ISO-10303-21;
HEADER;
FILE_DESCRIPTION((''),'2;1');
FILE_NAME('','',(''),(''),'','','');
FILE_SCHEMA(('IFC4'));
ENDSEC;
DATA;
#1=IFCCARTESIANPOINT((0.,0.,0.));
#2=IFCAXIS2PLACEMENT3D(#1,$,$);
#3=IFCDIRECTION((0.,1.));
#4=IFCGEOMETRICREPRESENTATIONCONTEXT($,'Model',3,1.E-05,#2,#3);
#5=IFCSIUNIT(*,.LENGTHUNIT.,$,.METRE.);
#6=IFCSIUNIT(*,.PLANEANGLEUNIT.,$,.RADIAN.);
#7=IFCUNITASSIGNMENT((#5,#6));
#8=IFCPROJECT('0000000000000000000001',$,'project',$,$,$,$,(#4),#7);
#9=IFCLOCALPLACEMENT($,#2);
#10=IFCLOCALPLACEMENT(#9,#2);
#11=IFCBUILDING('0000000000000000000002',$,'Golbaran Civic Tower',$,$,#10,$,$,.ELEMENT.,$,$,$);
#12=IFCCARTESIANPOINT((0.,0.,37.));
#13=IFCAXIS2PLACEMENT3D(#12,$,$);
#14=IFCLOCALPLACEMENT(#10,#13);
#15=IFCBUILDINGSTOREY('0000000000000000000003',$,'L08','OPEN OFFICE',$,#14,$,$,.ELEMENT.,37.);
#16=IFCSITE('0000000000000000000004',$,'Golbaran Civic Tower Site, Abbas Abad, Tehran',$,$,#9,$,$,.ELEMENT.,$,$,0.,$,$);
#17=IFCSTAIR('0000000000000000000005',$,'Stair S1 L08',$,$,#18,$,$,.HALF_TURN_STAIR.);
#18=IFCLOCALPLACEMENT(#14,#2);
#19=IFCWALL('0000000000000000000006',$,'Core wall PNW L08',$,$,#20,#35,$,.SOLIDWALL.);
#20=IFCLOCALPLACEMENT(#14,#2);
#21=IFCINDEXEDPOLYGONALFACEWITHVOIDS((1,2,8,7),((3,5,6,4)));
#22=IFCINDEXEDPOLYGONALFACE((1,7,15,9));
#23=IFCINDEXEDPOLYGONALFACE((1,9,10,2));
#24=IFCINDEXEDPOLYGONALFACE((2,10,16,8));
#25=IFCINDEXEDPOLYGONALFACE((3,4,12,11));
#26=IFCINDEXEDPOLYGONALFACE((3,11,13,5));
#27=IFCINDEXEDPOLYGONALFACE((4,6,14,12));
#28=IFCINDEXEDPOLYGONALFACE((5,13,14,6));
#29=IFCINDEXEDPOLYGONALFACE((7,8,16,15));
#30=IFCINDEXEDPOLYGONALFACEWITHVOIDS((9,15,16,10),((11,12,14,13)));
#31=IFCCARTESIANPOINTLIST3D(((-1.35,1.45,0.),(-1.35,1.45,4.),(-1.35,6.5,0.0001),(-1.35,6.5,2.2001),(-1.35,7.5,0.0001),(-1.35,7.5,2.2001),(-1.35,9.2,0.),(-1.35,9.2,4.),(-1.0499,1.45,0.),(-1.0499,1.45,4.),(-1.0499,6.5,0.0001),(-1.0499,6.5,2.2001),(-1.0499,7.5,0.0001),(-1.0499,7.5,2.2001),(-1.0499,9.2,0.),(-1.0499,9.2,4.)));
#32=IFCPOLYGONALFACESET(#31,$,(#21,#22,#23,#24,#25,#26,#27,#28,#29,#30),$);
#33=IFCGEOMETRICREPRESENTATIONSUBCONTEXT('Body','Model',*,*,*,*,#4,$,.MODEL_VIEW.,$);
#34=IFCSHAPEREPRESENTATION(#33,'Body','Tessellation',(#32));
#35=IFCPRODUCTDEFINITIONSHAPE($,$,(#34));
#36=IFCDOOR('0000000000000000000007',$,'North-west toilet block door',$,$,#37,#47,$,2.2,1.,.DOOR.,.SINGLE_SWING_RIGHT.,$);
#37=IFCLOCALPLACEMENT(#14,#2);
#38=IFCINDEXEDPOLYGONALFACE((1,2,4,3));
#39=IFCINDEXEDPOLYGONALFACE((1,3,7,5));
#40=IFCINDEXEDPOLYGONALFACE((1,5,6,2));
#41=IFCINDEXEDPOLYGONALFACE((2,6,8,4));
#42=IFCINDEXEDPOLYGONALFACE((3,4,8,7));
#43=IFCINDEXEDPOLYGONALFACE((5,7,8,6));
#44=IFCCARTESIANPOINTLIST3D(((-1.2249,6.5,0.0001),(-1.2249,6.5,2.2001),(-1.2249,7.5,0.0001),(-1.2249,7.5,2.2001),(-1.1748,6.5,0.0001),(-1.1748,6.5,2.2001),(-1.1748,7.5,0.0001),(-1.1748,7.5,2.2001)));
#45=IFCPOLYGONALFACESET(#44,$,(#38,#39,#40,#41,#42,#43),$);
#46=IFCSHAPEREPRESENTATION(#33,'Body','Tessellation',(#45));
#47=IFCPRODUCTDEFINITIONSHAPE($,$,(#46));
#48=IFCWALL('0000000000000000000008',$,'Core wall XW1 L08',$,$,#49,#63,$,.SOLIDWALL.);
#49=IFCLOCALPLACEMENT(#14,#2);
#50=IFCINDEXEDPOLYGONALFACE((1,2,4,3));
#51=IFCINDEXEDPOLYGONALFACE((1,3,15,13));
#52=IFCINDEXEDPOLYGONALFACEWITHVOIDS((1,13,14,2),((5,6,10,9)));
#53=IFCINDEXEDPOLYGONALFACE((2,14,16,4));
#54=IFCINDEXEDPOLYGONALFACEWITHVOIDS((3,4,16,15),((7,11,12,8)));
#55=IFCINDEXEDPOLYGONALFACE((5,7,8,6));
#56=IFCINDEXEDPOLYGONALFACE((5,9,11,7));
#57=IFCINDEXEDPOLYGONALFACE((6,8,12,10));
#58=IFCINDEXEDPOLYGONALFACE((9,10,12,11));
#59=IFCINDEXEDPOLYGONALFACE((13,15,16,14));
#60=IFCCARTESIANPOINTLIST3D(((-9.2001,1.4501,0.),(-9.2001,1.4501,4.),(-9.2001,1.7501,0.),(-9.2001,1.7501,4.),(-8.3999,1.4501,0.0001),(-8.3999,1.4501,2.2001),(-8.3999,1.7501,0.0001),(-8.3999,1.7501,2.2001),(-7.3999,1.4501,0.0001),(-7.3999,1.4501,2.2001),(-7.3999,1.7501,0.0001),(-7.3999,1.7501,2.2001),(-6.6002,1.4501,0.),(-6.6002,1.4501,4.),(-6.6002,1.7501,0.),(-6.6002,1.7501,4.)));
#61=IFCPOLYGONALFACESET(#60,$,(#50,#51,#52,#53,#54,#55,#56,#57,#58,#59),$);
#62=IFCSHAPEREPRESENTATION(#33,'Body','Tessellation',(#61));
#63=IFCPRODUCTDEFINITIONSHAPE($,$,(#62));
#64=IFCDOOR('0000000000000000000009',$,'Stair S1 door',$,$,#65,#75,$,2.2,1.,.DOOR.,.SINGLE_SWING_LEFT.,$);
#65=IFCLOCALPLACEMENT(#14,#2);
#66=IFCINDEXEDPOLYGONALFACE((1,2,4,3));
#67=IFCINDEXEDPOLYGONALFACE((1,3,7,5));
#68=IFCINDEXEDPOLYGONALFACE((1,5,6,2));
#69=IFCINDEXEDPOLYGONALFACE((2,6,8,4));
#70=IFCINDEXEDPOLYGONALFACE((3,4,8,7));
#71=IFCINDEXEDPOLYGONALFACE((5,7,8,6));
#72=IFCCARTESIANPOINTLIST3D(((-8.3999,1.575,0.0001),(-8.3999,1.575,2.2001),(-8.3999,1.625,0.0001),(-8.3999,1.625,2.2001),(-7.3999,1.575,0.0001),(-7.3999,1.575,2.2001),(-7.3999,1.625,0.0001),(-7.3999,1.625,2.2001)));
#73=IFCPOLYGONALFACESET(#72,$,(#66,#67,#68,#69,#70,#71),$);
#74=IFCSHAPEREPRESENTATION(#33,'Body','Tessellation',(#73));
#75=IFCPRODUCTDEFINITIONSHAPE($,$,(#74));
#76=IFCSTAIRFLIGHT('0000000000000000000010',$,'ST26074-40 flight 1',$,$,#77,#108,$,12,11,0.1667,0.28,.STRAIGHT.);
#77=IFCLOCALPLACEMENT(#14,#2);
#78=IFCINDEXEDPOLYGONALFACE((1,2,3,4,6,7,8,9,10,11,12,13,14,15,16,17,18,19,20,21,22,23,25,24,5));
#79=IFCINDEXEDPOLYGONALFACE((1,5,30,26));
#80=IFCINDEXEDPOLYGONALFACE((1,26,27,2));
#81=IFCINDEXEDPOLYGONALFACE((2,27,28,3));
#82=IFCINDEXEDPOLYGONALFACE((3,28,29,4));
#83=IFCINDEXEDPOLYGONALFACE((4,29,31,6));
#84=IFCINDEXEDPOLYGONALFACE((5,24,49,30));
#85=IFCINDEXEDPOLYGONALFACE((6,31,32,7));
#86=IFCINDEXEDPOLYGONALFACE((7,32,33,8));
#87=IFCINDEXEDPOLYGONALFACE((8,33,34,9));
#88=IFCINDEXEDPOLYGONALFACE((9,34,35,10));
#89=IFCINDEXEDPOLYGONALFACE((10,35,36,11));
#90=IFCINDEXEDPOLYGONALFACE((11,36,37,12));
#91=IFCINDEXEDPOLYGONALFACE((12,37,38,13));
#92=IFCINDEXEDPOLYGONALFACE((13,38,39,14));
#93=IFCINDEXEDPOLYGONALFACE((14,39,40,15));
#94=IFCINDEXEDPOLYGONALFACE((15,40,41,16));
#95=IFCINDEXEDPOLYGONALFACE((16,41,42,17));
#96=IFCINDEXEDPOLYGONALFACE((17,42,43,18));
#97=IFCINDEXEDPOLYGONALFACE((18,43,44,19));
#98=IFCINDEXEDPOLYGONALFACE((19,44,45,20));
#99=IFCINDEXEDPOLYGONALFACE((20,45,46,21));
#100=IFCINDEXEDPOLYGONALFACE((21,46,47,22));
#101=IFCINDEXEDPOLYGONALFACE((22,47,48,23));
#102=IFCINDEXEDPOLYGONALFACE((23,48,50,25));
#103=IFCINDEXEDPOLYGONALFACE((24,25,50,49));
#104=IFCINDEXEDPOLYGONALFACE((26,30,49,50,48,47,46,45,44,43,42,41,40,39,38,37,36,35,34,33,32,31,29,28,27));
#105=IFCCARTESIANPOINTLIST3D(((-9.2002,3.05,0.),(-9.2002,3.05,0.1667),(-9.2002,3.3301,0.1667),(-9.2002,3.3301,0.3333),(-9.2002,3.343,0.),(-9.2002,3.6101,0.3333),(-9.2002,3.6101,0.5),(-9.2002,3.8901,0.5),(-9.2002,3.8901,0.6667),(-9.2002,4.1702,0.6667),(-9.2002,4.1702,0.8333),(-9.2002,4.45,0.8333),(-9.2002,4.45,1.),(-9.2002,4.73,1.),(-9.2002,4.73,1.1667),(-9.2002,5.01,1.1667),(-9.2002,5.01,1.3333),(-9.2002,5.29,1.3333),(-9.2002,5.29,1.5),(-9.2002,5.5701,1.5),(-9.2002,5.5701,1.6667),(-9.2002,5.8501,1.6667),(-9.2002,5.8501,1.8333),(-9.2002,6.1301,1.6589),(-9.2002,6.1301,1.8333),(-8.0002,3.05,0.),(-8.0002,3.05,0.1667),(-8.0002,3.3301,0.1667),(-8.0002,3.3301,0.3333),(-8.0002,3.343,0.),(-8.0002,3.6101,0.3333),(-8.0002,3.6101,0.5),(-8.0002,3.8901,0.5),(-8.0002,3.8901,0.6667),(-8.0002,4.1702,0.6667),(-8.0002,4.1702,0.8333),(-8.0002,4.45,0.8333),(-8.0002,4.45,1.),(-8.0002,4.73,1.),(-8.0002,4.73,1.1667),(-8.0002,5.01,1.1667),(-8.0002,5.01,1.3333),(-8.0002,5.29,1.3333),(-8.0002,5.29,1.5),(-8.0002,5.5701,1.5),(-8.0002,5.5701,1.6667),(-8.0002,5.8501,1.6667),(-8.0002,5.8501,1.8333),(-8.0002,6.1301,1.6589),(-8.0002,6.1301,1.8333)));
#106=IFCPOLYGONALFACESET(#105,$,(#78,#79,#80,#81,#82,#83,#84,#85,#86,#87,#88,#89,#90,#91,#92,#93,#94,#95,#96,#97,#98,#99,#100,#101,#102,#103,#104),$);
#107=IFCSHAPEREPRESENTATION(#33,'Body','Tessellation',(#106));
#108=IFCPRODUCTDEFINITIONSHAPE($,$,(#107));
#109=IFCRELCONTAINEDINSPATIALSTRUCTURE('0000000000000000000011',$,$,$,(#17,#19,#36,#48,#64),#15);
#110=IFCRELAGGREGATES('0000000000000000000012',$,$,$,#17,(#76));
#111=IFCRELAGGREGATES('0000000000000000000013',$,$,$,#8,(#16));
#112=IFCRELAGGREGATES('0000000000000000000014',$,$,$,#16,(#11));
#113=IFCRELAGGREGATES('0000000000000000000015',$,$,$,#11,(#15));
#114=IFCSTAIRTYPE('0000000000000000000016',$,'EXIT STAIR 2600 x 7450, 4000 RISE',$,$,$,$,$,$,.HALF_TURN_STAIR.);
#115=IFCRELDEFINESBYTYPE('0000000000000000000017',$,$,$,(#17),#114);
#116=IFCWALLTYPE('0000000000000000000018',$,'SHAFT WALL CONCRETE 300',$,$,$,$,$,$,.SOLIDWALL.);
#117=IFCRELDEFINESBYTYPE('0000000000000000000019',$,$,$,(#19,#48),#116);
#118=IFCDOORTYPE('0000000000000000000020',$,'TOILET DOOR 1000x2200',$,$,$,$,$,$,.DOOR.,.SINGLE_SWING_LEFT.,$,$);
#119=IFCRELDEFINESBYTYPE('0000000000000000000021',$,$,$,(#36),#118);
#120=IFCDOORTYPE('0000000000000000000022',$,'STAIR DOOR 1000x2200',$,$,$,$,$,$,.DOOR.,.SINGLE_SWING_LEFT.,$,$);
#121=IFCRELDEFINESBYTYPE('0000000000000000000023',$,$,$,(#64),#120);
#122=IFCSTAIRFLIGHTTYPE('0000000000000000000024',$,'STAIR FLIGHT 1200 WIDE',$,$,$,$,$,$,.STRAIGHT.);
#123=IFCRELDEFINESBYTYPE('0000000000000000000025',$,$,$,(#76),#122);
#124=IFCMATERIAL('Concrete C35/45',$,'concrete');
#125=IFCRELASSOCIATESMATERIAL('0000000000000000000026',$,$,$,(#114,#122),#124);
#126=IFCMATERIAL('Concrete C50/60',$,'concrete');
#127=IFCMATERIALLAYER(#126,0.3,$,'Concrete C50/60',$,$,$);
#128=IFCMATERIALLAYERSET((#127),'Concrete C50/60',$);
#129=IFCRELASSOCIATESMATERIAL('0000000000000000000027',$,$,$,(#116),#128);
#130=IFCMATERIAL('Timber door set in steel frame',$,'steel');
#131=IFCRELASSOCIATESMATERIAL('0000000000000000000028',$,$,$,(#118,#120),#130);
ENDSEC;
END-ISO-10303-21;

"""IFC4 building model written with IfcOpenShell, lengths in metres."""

from ifc_helpers import new_model, si_unit, direction, frame, frame_2d, origin, place, context, subcontext, project, spatial, polyline, rectangle, outline, extrude, material, layer, layer_set, type_object, element, fill, aggregate, save


model = new_model("IFC4")

# Units and contexts
model_context = context("Model", 3, precision=1e-05, world=origin(), true_north=direction((0.0, 1.0)))
body_context = subcontext(model_context, "Body", "Model", "MODEL_VIEW")
ifc_project = project(units=[si_unit("LENGTHUNIT", "METRE"), si_unit("PLANEANGLEUNIT", "RADIAN")], contexts=[model_context])

# Site, building, storey
site_placement = place(None, origin())
site = spatial("IfcSite", under=ifc_project, at=site_placement, Name="Golbaran Civic Tower Site, Abbas Abad, Tehran", CompositionType="ELEMENT", RefElevation=0.0)
building_placement = place(site_placement, origin())
building = spatial("IfcBuilding", under=site, at=building_placement, Name="Golbaran Civic Tower", CompositionType="ELEMENT")
storey_placement = place(building_placement, frame((0.0, 0.0, 37.0)))
storey = spatial("IfcBuildingStorey", under=building, at=storey_placement, Name="L08", Description="OPEN OFFICE", CompositionType="ELEMENT", Elevation=37.0)

# Stair
ifc_material_1 = material(Name="Concrete C35/45", Category="concrete")
stair_type_1 = type_object("IfcStairType", Name="EXIT STAIR 2600 x 7450, 4000 RISE", PredefinedType="HALF_TURN_STAIR", material=ifc_material_1)
stair_1_placement = place(storey_placement, origin())
stair_1 = element("IfcStair", 1, at=stair_1_placement, inside=storey, type_object=stair_type_1, Name="Stair S1 L08", PredefinedType="HALF_TURN_STAIR")

# Shared definitions
ifc_material_2 = material(Name="Concrete C50/60", Category="concrete")
ifc_layer_1 = layer(ifc_material_2, 0.3, Name="Concrete C50/60")
ifc_layer_set_1 = layer_set([ifc_layer_1], Name="Concrete C50/60")
wall_type_1 = type_object("IfcWallType", Name="SHAFT WALL CONCRETE 300", PredefinedType="SOLIDWALL", material=ifc_layer_set_1)

# Walls, openings, doors
wall_1_placement = place(storey_placement, frame((-1.2, 1.45, 0.0), z_axis=(0.0, 0.0, 1.0), x_axis=(0.0, 1.0, 0.0)))
wall_1 = element("IfcWall", 2, at=wall_1_placement, inside=storey, type_object=wall_type_1, Name="Core wall PNW L08", PredefinedType="SOLIDWALL", context=body_context, shape_type="SweptSolid", body=[
    extrude(rectangle(XDim=7.75, YDim=0.3, at=frame_2d((3.875, 0.0))), origin(), (0.0, 0.0, 1.0), 4.0),
])
opening_1_placement = place(wall_1_placement, frame((5.05, 0.0, 0.0)))
opening_1 = element("IfcOpeningElement", 3, at=opening_1_placement, cuts=wall_1, PredefinedType="OPENING", context=body_context, shape_type="SweptSolid", body=[
    extrude(rectangle(XDim=1.0, YDim=2.2, at=frame_2d((0.5, 1.1001))), frame((0.0, 0.1599, 0.0), z_axis=(0.0, -1.0, 0.0), x_axis=(1.0, 0.0, 0.0)), (0.0, 0.0, 1.0), 0.3201),
])
ifc_material_3 = material(Name="Timber door set in steel frame", Category="steel")
door_type_1 = type_object("IfcDoorType", Name="TOILET DOOR 1000x2200", OperationType="SINGLE_SWING_LEFT", PredefinedType="DOOR", material=ifc_material_3)
door_1_placement = place(opening_1_placement, origin())
door_1 = element("IfcDoor", 4, at=door_1_placement, inside=storey, type_object=door_type_1, Name="North-west toilet block door", OperationType="SINGLE_SWING_RIGHT", OverallHeight=2.2, OverallWidth=1.0, PredefinedType="DOOR", context=body_context, shape_type="SweptSolid", body=[
    extrude(rectangle(XDim=1.0, YDim=2.2, at=frame_2d((0.5, 1.1001))), frame((0.0, 0.0249, 0.0), z_axis=(0.0, -1.0, 0.0), x_axis=(1.0, 0.0, 0.0)), (0.0, 0.0, 1.0), 0.05),
])
fill(opening_1, door_1)
wall_2_placement = place(storey_placement, frame((-9.2, 1.6001, 0.0), z_axis=(0.0, 0.0, 1.0), x_axis=(1.0, 0.0, 0.0)))
wall_2 = element("IfcWall", 5, at=wall_2_placement, inside=storey, type_object=wall_type_1, Name="Core wall XW1 L08", PredefinedType="SOLIDWALL", context=body_context, shape_type="SweptSolid", body=[
    extrude(rectangle(XDim=2.5999, YDim=0.3, at=frame_2d((1.2998, 0.0))), origin(), (0.0, 0.0, 1.0), 4.0),
])
opening_2_placement = place(wall_2_placement, frame((0.8, 0.0, 0.0)))
opening_2 = element("IfcOpeningElement", 6, at=opening_2_placement, cuts=wall_2, PredefinedType="OPENING", context=body_context, shape_type="SweptSolid", body=[
    extrude(rectangle(XDim=1.0, YDim=2.2, at=frame_2d((0.5, 1.1001))), frame((0.0, 0.1599, 0.0), z_axis=(0.0, -1.0, 0.0), x_axis=(1.0, 0.0, 0.0)), (0.0, 0.0, 1.0), 0.3201),
])
door_type_2 = type_object("IfcDoorType", Name="STAIR DOOR 1000x2200", OperationType="SINGLE_SWING_LEFT", PredefinedType="DOOR", material=ifc_material_3)
door_2_placement = place(opening_2_placement, origin())
door_2 = element("IfcDoor", 7, at=door_2_placement, inside=storey, type_object=door_type_2, Name="Stair S1 door", OperationType="SINGLE_SWING_LEFT", OverallHeight=2.2, OverallWidth=1.0, PredefinedType="DOOR", context=body_context, shape_type="SweptSolid", body=[
    extrude(rectangle(XDim=1.0, YDim=2.2, at=frame_2d((0.5, 1.1001))), frame((0.0, 0.0249, 0.0), z_axis=(0.0, -1.0, 0.0), x_axis=(1.0, 0.0, 0.0)), (0.0, 0.0, 1.0), 0.05),
])
fill(opening_2, door_2)

# Stair flight
stair_flight_type = type_object("IfcStairFlightType", Name="STAIR FLIGHT 1200 WIDE", PredefinedType="STRAIGHT", material=ifc_material_1)
stair_flight_placement = place(storey_placement, frame((-8.6001, 3.05, 0.0), z_axis=(0.0, 0.0, 1.0), x_axis=(0.0, 1.0, 0.0)))
stair_flight = element("IfcStairFlight", 8, at=stair_flight_placement, type_object=stair_flight_type, Name="ST26074-40 flight 1", NumberOfRisers=12, NumberOfTreads=11, PredefinedType="STRAIGHT", RiserHeight=0.1667, TreadLength=0.28, context=body_context, shape_type="SweptSolid", body=[
    extrude(outline(polyline([(0.0, 0.0), (0.0, 0.1667), (0.28, 0.1667), (0.28, 0.3333), (0.5601, 0.3333), (0.5601, 0.5), (0.8401, 0.5), (0.8401, 0.6667), (1.1201, 0.6667), (1.1201, 0.8333), (1.3999, 0.8333), (1.3999, 1.0), (1.6799, 1.0), (1.6799, 1.1667), (1.96, 1.1667), (1.96, 1.3333), (2.24, 1.3333), (2.24, 1.5), (2.52, 1.5), (2.52, 1.6667), (2.8, 1.6667), (2.8, 1.8333), (3.0801, 1.8333), (3.0801, 2.0), (3.0801, 1.6589), (0.293, 0.0), (0.0, 0.0)])), frame((0.0, 0.6001, 0.0), z_axis=(0.0, -1.0, 0.0), x_axis=(1.0, 0.0, 0.0)), (0.0, 0.0, 1.0), 1.2),
])
aggregate(stair_1, [stair_flight])

save(model, "model.ifc")
